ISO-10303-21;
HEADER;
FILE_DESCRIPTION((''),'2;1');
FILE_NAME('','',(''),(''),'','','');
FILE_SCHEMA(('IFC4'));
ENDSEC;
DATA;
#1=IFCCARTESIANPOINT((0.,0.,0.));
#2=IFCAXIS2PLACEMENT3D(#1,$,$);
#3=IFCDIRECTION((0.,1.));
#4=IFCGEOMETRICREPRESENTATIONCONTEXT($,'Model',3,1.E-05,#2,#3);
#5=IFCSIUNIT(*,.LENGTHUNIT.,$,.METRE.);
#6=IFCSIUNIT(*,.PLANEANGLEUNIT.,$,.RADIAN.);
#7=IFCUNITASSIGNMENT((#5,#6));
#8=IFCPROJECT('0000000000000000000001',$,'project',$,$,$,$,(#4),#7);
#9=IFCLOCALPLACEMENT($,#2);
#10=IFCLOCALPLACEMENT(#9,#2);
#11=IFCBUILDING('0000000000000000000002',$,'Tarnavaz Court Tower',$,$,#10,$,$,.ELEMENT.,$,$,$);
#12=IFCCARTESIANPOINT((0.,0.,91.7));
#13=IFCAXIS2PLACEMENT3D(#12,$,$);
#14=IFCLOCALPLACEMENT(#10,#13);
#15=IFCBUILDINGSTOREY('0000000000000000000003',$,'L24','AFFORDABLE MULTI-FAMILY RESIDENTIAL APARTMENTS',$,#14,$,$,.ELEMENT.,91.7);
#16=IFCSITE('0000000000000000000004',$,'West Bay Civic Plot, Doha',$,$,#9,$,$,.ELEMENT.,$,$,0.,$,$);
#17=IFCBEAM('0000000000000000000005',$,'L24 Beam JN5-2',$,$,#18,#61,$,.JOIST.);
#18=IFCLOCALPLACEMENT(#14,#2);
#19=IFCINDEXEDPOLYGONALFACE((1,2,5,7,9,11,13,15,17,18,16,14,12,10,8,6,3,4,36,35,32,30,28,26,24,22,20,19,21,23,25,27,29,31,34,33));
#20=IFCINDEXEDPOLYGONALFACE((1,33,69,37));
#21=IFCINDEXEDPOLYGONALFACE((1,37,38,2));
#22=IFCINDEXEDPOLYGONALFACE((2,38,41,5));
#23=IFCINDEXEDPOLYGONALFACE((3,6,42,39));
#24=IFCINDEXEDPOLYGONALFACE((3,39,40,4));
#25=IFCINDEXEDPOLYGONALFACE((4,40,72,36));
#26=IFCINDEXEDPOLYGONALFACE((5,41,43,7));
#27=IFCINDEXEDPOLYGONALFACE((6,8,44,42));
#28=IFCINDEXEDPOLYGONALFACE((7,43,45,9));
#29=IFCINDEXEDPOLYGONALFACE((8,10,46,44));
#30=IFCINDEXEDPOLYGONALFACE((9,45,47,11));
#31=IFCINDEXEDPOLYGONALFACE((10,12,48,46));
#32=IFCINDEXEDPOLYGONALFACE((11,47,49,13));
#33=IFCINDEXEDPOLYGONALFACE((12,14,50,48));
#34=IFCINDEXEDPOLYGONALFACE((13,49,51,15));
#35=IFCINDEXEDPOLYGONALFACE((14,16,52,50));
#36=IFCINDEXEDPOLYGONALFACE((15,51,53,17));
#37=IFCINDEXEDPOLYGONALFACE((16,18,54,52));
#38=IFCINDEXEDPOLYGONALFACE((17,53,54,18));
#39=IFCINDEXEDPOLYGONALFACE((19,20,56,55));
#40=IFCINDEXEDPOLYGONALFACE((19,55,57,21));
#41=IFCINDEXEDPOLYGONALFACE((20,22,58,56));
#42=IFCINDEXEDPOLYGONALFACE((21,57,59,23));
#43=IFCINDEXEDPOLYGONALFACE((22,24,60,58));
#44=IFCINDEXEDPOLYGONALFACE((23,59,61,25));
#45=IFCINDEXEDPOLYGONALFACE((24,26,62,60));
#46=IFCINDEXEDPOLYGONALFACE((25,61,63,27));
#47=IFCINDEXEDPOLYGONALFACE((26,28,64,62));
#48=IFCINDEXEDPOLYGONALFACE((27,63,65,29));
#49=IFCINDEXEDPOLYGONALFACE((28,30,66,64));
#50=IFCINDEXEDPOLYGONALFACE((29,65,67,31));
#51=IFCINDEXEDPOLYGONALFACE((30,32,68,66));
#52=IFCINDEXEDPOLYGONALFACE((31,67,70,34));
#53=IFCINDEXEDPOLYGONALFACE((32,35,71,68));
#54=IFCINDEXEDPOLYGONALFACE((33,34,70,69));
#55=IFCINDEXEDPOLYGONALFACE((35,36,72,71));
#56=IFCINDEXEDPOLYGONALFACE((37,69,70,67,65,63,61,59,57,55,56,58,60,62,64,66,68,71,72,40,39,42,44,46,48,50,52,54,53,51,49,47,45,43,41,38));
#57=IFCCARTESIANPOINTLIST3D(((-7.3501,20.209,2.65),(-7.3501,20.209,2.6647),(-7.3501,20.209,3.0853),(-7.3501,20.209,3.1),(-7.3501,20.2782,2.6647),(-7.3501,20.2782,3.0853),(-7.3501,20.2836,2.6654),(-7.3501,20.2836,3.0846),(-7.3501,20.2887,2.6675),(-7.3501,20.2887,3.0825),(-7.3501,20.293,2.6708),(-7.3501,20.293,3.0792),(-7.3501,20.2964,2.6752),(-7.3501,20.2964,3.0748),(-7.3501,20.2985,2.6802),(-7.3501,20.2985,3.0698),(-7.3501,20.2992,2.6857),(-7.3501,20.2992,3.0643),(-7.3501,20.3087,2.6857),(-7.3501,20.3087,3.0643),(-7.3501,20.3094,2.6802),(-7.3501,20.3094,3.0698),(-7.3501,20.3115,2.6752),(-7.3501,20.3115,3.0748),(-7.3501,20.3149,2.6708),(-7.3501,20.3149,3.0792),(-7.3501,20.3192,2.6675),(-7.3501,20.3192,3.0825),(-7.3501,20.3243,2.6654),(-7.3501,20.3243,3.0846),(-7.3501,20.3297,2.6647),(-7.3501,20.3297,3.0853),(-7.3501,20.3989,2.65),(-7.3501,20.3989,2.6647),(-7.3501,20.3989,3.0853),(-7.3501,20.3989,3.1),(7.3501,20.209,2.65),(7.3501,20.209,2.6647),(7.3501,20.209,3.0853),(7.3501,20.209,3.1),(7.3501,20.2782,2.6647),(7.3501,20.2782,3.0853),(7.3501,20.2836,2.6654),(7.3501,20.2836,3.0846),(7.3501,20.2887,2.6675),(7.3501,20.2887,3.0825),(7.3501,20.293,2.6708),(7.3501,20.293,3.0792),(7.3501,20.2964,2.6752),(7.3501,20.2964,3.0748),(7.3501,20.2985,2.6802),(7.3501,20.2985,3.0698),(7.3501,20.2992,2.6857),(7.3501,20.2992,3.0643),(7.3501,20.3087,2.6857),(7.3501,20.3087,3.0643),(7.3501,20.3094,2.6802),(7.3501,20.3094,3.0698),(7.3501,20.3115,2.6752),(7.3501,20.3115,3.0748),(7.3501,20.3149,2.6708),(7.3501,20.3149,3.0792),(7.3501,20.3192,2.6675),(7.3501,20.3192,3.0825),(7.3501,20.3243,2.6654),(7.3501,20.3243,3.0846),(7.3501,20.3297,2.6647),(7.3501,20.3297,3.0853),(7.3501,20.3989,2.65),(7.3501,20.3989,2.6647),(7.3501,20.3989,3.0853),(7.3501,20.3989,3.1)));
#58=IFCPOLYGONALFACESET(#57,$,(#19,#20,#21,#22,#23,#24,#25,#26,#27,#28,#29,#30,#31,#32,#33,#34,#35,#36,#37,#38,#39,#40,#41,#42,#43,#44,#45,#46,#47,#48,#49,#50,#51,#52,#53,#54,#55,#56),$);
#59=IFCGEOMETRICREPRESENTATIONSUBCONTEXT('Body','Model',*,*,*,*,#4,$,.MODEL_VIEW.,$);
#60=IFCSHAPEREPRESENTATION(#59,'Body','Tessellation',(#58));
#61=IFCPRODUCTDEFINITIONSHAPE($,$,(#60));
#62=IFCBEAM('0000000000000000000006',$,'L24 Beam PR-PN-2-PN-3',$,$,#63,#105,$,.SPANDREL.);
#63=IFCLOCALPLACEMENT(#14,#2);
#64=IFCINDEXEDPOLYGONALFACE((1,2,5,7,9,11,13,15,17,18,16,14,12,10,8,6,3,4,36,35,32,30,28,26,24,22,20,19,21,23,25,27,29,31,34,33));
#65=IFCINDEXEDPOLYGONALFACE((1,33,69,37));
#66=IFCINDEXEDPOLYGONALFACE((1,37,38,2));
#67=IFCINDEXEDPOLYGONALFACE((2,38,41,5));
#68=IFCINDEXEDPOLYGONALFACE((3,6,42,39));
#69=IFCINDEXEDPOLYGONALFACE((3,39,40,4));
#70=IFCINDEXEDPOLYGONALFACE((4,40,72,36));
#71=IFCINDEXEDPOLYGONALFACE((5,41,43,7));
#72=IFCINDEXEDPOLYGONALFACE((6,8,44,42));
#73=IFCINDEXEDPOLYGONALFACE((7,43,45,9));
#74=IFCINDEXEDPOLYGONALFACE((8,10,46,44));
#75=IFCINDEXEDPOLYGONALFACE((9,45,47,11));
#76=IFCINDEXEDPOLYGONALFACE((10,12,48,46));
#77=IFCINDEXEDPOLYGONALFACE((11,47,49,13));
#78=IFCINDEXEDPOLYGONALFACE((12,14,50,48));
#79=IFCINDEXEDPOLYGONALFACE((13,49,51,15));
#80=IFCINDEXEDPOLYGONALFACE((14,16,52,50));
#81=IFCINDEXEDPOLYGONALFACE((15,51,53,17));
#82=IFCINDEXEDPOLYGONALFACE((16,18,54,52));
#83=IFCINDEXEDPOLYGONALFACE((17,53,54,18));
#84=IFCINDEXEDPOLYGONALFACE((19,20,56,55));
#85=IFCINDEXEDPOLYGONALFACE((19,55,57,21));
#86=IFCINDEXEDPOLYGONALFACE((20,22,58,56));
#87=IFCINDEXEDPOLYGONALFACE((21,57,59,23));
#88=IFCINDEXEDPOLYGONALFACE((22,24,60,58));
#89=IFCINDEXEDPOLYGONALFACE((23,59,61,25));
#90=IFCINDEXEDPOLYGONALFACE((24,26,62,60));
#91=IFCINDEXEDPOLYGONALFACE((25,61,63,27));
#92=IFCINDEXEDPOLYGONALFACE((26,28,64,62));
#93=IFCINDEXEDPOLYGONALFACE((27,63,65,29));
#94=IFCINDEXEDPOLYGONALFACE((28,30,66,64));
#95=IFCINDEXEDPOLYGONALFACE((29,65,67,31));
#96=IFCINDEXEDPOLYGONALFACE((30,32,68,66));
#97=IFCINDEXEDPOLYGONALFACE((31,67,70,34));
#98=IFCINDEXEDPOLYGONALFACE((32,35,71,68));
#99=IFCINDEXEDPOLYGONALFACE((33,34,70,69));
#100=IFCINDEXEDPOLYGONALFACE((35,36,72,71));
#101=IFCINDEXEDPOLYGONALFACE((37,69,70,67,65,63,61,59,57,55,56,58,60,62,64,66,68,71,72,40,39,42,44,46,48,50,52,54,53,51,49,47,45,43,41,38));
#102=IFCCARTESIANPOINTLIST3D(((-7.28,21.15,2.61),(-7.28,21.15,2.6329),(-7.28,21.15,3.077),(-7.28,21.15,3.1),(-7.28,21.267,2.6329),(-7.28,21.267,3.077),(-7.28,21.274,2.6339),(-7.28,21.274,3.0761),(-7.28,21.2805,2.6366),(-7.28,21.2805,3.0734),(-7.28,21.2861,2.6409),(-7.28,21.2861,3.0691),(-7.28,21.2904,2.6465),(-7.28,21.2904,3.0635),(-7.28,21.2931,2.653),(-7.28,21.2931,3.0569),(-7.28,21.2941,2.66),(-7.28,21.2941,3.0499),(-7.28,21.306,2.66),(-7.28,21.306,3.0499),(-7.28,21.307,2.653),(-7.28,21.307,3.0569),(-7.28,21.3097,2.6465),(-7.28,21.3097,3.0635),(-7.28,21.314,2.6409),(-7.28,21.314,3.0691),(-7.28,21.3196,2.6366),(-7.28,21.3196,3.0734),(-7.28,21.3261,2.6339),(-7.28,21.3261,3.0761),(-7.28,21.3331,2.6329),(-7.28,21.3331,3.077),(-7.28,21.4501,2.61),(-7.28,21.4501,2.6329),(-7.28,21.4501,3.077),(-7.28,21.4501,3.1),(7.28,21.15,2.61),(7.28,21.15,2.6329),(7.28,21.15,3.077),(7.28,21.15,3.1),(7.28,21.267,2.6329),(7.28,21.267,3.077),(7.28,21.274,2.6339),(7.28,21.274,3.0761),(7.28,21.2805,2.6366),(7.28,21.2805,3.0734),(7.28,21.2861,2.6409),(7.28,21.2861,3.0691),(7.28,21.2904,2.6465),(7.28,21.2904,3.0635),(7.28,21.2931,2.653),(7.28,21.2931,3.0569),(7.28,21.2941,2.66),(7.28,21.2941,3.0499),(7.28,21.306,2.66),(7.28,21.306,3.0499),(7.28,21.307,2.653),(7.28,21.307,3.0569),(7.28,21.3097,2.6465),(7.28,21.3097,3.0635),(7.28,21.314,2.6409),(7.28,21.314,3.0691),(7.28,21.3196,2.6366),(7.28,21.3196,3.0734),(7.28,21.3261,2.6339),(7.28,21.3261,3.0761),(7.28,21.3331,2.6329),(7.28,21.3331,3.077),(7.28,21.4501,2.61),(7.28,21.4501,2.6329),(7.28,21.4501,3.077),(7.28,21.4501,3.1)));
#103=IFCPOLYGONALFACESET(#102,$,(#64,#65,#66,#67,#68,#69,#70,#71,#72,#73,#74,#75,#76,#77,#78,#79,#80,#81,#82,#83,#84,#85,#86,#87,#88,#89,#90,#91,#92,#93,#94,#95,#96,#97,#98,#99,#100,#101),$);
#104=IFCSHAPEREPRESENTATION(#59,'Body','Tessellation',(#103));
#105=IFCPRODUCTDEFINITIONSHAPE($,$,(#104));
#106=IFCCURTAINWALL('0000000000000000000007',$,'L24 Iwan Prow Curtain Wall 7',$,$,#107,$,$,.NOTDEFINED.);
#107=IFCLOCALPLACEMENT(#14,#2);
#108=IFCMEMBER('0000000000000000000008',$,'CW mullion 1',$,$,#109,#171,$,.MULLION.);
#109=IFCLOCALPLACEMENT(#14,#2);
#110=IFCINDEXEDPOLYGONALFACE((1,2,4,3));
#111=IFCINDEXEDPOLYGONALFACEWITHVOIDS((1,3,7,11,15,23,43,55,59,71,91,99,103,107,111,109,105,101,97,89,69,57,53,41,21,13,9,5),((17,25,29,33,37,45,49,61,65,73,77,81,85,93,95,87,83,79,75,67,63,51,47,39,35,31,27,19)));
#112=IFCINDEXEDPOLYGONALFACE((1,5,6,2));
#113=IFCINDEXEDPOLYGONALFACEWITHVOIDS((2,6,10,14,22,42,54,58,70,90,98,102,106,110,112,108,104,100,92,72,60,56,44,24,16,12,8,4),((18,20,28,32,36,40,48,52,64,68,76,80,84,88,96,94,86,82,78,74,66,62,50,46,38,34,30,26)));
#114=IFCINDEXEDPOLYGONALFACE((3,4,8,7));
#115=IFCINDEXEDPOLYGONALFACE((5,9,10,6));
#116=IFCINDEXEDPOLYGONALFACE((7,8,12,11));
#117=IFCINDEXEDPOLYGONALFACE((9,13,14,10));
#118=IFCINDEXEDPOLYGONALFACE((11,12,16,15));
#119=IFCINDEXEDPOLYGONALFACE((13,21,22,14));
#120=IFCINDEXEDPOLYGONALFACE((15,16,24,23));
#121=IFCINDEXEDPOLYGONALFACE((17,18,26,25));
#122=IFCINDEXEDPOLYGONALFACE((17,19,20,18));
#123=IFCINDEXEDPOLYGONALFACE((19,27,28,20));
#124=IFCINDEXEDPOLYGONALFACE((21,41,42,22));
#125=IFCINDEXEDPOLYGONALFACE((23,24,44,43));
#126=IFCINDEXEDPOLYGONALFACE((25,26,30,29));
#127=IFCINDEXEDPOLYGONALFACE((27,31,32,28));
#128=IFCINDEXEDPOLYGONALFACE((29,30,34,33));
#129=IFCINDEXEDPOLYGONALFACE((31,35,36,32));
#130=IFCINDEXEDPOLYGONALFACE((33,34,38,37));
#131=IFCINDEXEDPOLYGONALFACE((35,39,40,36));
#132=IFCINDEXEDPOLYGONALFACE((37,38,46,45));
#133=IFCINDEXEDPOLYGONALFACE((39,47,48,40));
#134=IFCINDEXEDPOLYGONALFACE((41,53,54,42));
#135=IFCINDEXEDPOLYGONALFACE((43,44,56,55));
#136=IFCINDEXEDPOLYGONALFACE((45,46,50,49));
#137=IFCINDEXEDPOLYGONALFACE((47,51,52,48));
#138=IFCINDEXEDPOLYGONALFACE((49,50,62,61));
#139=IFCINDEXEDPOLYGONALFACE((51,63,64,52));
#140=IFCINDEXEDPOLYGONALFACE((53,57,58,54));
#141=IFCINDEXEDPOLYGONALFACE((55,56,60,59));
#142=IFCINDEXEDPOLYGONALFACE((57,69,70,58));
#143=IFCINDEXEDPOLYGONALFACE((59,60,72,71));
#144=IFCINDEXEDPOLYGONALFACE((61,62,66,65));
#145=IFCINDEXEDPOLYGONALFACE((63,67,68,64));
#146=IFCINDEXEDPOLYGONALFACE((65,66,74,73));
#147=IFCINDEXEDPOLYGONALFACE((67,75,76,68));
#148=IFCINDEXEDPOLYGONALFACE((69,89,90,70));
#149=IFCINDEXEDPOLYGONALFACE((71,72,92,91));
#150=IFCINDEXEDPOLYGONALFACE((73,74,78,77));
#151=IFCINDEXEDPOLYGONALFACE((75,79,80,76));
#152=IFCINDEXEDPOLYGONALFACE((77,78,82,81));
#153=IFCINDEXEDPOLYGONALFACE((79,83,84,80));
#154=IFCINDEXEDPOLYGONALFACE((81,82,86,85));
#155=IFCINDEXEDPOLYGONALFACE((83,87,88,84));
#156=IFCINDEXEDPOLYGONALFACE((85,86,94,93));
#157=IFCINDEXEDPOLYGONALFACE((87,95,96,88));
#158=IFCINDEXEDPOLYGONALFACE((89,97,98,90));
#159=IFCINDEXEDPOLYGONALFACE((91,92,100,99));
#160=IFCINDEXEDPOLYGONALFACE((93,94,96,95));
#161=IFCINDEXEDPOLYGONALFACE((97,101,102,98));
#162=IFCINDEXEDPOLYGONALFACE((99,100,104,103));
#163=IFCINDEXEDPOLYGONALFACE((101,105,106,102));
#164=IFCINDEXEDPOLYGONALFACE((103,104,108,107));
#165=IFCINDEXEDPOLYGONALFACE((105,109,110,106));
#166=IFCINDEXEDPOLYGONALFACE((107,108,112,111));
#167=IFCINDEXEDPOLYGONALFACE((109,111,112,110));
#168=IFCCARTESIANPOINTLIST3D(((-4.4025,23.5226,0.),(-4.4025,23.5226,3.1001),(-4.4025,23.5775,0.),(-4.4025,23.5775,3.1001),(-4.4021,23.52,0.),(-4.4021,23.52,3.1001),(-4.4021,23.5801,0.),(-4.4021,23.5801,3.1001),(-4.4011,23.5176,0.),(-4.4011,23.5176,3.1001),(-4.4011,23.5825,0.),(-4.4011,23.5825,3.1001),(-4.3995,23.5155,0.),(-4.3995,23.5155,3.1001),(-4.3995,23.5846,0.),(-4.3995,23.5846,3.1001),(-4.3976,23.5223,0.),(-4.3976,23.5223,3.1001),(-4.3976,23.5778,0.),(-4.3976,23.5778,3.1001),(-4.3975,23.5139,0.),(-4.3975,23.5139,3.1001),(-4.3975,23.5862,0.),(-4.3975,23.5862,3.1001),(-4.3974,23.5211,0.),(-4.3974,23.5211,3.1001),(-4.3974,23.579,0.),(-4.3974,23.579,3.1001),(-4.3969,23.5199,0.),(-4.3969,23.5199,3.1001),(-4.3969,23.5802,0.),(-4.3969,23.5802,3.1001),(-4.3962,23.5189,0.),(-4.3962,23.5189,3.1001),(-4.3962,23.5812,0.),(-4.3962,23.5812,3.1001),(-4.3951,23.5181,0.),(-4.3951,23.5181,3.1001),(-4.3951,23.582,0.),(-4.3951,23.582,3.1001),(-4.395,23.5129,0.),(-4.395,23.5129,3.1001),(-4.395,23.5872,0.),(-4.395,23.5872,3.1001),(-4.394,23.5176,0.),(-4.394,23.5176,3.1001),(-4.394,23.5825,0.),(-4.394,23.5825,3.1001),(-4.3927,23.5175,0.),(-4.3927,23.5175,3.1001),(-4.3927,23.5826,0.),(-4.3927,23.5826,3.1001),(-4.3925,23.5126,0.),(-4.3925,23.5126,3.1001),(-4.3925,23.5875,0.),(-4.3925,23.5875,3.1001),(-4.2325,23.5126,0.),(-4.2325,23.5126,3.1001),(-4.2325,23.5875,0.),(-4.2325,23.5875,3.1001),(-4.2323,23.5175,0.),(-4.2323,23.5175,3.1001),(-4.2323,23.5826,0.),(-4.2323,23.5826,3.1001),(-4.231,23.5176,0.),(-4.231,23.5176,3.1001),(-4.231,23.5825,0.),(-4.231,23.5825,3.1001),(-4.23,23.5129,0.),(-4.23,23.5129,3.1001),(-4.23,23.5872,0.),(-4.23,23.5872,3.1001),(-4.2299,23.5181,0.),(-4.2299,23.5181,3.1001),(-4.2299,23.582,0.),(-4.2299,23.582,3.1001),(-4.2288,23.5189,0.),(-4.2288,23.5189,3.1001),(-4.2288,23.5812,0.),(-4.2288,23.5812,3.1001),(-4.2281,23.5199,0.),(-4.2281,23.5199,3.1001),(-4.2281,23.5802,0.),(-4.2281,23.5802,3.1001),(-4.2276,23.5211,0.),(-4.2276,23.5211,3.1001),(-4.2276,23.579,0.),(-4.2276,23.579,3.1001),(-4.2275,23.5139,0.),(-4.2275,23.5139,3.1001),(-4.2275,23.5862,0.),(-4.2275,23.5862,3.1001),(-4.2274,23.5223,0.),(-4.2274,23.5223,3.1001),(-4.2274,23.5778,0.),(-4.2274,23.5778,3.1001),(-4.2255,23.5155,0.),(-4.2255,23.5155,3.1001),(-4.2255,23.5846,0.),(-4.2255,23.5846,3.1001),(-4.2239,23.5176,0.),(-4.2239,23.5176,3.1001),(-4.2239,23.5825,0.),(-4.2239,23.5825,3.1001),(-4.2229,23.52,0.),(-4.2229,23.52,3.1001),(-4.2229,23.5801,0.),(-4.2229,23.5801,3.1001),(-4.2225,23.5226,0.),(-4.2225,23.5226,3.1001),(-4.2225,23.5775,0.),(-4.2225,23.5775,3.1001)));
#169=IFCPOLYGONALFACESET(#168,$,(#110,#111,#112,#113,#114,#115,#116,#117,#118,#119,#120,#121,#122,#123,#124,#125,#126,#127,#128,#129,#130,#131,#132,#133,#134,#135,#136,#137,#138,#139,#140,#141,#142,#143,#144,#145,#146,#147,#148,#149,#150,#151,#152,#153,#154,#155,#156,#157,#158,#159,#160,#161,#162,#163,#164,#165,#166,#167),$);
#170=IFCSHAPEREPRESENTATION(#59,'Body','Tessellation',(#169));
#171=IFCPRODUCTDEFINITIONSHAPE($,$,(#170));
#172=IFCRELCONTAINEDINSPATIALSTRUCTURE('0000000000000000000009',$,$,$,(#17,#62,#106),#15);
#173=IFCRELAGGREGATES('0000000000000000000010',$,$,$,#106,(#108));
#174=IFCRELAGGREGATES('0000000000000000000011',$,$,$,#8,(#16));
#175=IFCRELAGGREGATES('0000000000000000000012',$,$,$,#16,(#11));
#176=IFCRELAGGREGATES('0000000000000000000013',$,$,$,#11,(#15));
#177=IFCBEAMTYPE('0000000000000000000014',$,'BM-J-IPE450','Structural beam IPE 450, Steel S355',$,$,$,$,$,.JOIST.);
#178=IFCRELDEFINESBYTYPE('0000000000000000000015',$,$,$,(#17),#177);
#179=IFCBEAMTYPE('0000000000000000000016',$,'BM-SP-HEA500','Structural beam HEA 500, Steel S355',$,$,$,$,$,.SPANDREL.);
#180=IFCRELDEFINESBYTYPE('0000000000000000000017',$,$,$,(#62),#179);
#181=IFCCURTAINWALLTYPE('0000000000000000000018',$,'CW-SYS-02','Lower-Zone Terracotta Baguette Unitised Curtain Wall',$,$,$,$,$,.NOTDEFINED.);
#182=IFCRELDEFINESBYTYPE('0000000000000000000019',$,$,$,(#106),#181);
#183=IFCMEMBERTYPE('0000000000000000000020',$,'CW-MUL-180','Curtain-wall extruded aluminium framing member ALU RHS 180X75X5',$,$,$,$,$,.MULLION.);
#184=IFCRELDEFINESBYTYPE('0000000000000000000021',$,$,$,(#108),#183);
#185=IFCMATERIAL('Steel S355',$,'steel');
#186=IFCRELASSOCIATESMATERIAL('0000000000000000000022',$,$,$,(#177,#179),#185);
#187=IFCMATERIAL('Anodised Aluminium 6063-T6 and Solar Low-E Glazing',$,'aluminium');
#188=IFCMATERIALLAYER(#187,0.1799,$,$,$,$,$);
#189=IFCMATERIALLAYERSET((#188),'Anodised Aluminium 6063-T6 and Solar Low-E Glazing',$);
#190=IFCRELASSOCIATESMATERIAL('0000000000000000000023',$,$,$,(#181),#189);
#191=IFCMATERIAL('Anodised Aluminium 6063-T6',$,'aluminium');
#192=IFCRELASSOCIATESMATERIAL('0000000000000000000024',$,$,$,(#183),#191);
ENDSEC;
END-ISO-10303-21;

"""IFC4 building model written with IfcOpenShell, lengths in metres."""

from ifc_helpers import new_model, si_unit, direction, frame, origin, origin_2d, place, context, subcontext, project, spatial, hollow_rectangle, i_section, extrude, material, layer, layer_set, material_profile, profile_set, type_object, element, aggregate, save


model = new_model("IFC4")

# Units and contexts
model_context = context("Model", 3, precision=1e-05, world=origin(), true_north=direction((0.0, 1.0)))
body_context = subcontext(model_context, "Body", "Model", "MODEL_VIEW")
ifc_project = project(units=[si_unit("LENGTHUNIT", "METRE"), si_unit("PLANEANGLEUNIT", "RADIAN")], contexts=[model_context])

# Site, building, storey
site_placement = place(None, origin())
site = spatial("IfcSite", under=ifc_project, at=site_placement, Name="West Bay Civic Plot, Doha", CompositionType="ELEMENT", RefElevation=0.0)
building_placement = place(site_placement, origin())
building = spatial("IfcBuilding", under=site, at=building_placement, Name="Tarnavaz Court Tower", CompositionType="ELEMENT")
storey_placement = place(building_placement, frame((0.0, 0.0, 91.7)))
storey = spatial("IfcBuildingStorey", under=building, at=storey_placement, Name="L24", Description="AFFORDABLE MULTI-FAMILY RESIDENTIAL APARTMENTS", CompositionType="ELEMENT", Elevation=91.7)

# Beams
ifc_material_1 = material(Name="Steel S355", Category="steel")
ifc_material_profile_1 = material_profile(ifc_material_1, i_section(OverallWidth=0.1899, OverallDepth=0.45, WebThickness=0.0095, FlangeThickness=0.0146, FilletRadius=0.021, at=origin_2d()), Name="IPE 450")
ifc_profile_set_1 = profile_set([ifc_material_profile_1], Name="Steel S355")
beam_type_1 = type_object("IfcBeamType", Name="BM-J-IPE450", Description="Structural beam IPE 450, Steel S355", PredefinedType="JOIST", material=ifc_profile_set_1)
for number, where, z_axis, x_axis, name in (
    (1, (-7.3501, 20.304, 2.875), (1.0, 0.0, 0.0), (0.0, 1.0, 0.0), "L24 Beam JN5-2"),
):
    element("IfcBeam", number, at=place(storey_placement, frame(where, z_axis=z_axis, x_axis=x_axis)), inside=storey, type_object=beam_type_1, Name=name, PredefinedType="JOIST", context=body_context, shape_type="SweptSolid", body=[
        extrude(i_section(OverallWidth=0.1899, OverallDepth=0.45, WebThickness=0.0095, FlangeThickness=0.0146, FilletRadius=0.021, at=origin_2d()), origin(), (0.0, 0.0, 1.0), 14.7002),
    ])
ifc_material_profile_2 = material_profile(ifc_material_1, i_section(OverallWidth=0.3, OverallDepth=0.49, WebThickness=0.012, FlangeThickness=0.0229, FilletRadius=0.0271, at=origin_2d()), Name="HEA 500")
ifc_profile_set_2 = profile_set([ifc_material_profile_2], Name="Steel S355")
beam_type_2 = type_object("IfcBeamType", Name="BM-SP-HEA500", Description="Structural beam HEA 500, Steel S355", PredefinedType="SPANDREL", material=ifc_profile_set_2)
beam_placement = place(storey_placement, frame((-7.28, 21.3, 2.855), z_axis=(1.0, 0.0, 0.0), x_axis=(0.0, 1.0, 0.0)))
element("IfcBeam", 2, at=beam_placement, inside=storey, type_object=beam_type_2, Name="L24 Beam PR-PN-2-PN-3", PredefinedType="SPANDREL", context=body_context, shape_type="SweptSolid", body=[
    extrude(i_section(OverallWidth=0.3, OverallDepth=0.49, WebThickness=0.012, FlangeThickness=0.0229, FilletRadius=0.0271, at=origin_2d()), origin(), (0.0, 0.0, 1.0), 14.5601),
])

# Curtain wall, member
ifc_material_2 = material(Name="Anodised Aluminium 6063-T6 and Solar Low-E Glazing", Category="aluminium")
ifc_layer_1 = layer(ifc_material_2, 0.1799)
ifc_layer_set_1 = layer_set([ifc_layer_1], Name="Anodised Aluminium 6063-T6 and Solar Low-E Glazing")
curtain_wall_type = type_object("IfcCurtainWallType", Name="CW-SYS-02", Description="Lower-Zone Terracotta Baguette Unitised Curtain Wall", PredefinedType="NOTDEFINED", material=ifc_layer_set_1)
curtain_wall_placement = place(storey_placement, origin())
curtain_wall = element("IfcCurtainWall", 3, at=curtain_wall_placement, inside=storey, type_object=curtain_wall_type, Name="L24 Iwan Prow Curtain Wall 7", PredefinedType="NOTDEFINED")
ifc_material_3 = material(Name="Anodised Aluminium 6063-T6", Category="aluminium")
ifc_material_profile_3 = material_profile(ifc_material_3, hollow_rectangle(XDim=0.075, YDim=0.1799, WallThickness=0.0049, InnerFilletRadius=0.0049, OuterFilletRadius=0.01, at=origin_2d()), Name="ALU RHS 180X75X5")
ifc_profile_set_3 = profile_set([ifc_material_profile_3], Name="Anodised Aluminium 6063-T6")
member_type_1 = type_object("IfcMemberType", Name="CW-MUL-180", Description="Curtain-wall extruded aluminium framing member ALU RHS 180X75X5", PredefinedType="MULLION", material=ifc_profile_set_3)
member_1_placement = place(storey_placement, frame((-4.3125, 23.55, 0.0), z_axis=(0.0, 0.0, 1.0), x_axis=(0.0, 1.0, 0.0)))
member_1 = element("IfcMember", 4, at=member_1_placement, type_object=member_type_1, Name="CW mullion 1", PredefinedType="MULLION", context=body_context, shape_type="SweptSolid", body=[
    extrude(hollow_rectangle(XDim=0.075, YDim=0.1799, WallThickness=0.0049, InnerFilletRadius=0.0049, OuterFilletRadius=0.01, at=origin_2d()), origin(), (0.0, 0.0, 1.0), 3.1001),
])
aggregate(curtain_wall, [member_1])

save(model, "model.ifc")
